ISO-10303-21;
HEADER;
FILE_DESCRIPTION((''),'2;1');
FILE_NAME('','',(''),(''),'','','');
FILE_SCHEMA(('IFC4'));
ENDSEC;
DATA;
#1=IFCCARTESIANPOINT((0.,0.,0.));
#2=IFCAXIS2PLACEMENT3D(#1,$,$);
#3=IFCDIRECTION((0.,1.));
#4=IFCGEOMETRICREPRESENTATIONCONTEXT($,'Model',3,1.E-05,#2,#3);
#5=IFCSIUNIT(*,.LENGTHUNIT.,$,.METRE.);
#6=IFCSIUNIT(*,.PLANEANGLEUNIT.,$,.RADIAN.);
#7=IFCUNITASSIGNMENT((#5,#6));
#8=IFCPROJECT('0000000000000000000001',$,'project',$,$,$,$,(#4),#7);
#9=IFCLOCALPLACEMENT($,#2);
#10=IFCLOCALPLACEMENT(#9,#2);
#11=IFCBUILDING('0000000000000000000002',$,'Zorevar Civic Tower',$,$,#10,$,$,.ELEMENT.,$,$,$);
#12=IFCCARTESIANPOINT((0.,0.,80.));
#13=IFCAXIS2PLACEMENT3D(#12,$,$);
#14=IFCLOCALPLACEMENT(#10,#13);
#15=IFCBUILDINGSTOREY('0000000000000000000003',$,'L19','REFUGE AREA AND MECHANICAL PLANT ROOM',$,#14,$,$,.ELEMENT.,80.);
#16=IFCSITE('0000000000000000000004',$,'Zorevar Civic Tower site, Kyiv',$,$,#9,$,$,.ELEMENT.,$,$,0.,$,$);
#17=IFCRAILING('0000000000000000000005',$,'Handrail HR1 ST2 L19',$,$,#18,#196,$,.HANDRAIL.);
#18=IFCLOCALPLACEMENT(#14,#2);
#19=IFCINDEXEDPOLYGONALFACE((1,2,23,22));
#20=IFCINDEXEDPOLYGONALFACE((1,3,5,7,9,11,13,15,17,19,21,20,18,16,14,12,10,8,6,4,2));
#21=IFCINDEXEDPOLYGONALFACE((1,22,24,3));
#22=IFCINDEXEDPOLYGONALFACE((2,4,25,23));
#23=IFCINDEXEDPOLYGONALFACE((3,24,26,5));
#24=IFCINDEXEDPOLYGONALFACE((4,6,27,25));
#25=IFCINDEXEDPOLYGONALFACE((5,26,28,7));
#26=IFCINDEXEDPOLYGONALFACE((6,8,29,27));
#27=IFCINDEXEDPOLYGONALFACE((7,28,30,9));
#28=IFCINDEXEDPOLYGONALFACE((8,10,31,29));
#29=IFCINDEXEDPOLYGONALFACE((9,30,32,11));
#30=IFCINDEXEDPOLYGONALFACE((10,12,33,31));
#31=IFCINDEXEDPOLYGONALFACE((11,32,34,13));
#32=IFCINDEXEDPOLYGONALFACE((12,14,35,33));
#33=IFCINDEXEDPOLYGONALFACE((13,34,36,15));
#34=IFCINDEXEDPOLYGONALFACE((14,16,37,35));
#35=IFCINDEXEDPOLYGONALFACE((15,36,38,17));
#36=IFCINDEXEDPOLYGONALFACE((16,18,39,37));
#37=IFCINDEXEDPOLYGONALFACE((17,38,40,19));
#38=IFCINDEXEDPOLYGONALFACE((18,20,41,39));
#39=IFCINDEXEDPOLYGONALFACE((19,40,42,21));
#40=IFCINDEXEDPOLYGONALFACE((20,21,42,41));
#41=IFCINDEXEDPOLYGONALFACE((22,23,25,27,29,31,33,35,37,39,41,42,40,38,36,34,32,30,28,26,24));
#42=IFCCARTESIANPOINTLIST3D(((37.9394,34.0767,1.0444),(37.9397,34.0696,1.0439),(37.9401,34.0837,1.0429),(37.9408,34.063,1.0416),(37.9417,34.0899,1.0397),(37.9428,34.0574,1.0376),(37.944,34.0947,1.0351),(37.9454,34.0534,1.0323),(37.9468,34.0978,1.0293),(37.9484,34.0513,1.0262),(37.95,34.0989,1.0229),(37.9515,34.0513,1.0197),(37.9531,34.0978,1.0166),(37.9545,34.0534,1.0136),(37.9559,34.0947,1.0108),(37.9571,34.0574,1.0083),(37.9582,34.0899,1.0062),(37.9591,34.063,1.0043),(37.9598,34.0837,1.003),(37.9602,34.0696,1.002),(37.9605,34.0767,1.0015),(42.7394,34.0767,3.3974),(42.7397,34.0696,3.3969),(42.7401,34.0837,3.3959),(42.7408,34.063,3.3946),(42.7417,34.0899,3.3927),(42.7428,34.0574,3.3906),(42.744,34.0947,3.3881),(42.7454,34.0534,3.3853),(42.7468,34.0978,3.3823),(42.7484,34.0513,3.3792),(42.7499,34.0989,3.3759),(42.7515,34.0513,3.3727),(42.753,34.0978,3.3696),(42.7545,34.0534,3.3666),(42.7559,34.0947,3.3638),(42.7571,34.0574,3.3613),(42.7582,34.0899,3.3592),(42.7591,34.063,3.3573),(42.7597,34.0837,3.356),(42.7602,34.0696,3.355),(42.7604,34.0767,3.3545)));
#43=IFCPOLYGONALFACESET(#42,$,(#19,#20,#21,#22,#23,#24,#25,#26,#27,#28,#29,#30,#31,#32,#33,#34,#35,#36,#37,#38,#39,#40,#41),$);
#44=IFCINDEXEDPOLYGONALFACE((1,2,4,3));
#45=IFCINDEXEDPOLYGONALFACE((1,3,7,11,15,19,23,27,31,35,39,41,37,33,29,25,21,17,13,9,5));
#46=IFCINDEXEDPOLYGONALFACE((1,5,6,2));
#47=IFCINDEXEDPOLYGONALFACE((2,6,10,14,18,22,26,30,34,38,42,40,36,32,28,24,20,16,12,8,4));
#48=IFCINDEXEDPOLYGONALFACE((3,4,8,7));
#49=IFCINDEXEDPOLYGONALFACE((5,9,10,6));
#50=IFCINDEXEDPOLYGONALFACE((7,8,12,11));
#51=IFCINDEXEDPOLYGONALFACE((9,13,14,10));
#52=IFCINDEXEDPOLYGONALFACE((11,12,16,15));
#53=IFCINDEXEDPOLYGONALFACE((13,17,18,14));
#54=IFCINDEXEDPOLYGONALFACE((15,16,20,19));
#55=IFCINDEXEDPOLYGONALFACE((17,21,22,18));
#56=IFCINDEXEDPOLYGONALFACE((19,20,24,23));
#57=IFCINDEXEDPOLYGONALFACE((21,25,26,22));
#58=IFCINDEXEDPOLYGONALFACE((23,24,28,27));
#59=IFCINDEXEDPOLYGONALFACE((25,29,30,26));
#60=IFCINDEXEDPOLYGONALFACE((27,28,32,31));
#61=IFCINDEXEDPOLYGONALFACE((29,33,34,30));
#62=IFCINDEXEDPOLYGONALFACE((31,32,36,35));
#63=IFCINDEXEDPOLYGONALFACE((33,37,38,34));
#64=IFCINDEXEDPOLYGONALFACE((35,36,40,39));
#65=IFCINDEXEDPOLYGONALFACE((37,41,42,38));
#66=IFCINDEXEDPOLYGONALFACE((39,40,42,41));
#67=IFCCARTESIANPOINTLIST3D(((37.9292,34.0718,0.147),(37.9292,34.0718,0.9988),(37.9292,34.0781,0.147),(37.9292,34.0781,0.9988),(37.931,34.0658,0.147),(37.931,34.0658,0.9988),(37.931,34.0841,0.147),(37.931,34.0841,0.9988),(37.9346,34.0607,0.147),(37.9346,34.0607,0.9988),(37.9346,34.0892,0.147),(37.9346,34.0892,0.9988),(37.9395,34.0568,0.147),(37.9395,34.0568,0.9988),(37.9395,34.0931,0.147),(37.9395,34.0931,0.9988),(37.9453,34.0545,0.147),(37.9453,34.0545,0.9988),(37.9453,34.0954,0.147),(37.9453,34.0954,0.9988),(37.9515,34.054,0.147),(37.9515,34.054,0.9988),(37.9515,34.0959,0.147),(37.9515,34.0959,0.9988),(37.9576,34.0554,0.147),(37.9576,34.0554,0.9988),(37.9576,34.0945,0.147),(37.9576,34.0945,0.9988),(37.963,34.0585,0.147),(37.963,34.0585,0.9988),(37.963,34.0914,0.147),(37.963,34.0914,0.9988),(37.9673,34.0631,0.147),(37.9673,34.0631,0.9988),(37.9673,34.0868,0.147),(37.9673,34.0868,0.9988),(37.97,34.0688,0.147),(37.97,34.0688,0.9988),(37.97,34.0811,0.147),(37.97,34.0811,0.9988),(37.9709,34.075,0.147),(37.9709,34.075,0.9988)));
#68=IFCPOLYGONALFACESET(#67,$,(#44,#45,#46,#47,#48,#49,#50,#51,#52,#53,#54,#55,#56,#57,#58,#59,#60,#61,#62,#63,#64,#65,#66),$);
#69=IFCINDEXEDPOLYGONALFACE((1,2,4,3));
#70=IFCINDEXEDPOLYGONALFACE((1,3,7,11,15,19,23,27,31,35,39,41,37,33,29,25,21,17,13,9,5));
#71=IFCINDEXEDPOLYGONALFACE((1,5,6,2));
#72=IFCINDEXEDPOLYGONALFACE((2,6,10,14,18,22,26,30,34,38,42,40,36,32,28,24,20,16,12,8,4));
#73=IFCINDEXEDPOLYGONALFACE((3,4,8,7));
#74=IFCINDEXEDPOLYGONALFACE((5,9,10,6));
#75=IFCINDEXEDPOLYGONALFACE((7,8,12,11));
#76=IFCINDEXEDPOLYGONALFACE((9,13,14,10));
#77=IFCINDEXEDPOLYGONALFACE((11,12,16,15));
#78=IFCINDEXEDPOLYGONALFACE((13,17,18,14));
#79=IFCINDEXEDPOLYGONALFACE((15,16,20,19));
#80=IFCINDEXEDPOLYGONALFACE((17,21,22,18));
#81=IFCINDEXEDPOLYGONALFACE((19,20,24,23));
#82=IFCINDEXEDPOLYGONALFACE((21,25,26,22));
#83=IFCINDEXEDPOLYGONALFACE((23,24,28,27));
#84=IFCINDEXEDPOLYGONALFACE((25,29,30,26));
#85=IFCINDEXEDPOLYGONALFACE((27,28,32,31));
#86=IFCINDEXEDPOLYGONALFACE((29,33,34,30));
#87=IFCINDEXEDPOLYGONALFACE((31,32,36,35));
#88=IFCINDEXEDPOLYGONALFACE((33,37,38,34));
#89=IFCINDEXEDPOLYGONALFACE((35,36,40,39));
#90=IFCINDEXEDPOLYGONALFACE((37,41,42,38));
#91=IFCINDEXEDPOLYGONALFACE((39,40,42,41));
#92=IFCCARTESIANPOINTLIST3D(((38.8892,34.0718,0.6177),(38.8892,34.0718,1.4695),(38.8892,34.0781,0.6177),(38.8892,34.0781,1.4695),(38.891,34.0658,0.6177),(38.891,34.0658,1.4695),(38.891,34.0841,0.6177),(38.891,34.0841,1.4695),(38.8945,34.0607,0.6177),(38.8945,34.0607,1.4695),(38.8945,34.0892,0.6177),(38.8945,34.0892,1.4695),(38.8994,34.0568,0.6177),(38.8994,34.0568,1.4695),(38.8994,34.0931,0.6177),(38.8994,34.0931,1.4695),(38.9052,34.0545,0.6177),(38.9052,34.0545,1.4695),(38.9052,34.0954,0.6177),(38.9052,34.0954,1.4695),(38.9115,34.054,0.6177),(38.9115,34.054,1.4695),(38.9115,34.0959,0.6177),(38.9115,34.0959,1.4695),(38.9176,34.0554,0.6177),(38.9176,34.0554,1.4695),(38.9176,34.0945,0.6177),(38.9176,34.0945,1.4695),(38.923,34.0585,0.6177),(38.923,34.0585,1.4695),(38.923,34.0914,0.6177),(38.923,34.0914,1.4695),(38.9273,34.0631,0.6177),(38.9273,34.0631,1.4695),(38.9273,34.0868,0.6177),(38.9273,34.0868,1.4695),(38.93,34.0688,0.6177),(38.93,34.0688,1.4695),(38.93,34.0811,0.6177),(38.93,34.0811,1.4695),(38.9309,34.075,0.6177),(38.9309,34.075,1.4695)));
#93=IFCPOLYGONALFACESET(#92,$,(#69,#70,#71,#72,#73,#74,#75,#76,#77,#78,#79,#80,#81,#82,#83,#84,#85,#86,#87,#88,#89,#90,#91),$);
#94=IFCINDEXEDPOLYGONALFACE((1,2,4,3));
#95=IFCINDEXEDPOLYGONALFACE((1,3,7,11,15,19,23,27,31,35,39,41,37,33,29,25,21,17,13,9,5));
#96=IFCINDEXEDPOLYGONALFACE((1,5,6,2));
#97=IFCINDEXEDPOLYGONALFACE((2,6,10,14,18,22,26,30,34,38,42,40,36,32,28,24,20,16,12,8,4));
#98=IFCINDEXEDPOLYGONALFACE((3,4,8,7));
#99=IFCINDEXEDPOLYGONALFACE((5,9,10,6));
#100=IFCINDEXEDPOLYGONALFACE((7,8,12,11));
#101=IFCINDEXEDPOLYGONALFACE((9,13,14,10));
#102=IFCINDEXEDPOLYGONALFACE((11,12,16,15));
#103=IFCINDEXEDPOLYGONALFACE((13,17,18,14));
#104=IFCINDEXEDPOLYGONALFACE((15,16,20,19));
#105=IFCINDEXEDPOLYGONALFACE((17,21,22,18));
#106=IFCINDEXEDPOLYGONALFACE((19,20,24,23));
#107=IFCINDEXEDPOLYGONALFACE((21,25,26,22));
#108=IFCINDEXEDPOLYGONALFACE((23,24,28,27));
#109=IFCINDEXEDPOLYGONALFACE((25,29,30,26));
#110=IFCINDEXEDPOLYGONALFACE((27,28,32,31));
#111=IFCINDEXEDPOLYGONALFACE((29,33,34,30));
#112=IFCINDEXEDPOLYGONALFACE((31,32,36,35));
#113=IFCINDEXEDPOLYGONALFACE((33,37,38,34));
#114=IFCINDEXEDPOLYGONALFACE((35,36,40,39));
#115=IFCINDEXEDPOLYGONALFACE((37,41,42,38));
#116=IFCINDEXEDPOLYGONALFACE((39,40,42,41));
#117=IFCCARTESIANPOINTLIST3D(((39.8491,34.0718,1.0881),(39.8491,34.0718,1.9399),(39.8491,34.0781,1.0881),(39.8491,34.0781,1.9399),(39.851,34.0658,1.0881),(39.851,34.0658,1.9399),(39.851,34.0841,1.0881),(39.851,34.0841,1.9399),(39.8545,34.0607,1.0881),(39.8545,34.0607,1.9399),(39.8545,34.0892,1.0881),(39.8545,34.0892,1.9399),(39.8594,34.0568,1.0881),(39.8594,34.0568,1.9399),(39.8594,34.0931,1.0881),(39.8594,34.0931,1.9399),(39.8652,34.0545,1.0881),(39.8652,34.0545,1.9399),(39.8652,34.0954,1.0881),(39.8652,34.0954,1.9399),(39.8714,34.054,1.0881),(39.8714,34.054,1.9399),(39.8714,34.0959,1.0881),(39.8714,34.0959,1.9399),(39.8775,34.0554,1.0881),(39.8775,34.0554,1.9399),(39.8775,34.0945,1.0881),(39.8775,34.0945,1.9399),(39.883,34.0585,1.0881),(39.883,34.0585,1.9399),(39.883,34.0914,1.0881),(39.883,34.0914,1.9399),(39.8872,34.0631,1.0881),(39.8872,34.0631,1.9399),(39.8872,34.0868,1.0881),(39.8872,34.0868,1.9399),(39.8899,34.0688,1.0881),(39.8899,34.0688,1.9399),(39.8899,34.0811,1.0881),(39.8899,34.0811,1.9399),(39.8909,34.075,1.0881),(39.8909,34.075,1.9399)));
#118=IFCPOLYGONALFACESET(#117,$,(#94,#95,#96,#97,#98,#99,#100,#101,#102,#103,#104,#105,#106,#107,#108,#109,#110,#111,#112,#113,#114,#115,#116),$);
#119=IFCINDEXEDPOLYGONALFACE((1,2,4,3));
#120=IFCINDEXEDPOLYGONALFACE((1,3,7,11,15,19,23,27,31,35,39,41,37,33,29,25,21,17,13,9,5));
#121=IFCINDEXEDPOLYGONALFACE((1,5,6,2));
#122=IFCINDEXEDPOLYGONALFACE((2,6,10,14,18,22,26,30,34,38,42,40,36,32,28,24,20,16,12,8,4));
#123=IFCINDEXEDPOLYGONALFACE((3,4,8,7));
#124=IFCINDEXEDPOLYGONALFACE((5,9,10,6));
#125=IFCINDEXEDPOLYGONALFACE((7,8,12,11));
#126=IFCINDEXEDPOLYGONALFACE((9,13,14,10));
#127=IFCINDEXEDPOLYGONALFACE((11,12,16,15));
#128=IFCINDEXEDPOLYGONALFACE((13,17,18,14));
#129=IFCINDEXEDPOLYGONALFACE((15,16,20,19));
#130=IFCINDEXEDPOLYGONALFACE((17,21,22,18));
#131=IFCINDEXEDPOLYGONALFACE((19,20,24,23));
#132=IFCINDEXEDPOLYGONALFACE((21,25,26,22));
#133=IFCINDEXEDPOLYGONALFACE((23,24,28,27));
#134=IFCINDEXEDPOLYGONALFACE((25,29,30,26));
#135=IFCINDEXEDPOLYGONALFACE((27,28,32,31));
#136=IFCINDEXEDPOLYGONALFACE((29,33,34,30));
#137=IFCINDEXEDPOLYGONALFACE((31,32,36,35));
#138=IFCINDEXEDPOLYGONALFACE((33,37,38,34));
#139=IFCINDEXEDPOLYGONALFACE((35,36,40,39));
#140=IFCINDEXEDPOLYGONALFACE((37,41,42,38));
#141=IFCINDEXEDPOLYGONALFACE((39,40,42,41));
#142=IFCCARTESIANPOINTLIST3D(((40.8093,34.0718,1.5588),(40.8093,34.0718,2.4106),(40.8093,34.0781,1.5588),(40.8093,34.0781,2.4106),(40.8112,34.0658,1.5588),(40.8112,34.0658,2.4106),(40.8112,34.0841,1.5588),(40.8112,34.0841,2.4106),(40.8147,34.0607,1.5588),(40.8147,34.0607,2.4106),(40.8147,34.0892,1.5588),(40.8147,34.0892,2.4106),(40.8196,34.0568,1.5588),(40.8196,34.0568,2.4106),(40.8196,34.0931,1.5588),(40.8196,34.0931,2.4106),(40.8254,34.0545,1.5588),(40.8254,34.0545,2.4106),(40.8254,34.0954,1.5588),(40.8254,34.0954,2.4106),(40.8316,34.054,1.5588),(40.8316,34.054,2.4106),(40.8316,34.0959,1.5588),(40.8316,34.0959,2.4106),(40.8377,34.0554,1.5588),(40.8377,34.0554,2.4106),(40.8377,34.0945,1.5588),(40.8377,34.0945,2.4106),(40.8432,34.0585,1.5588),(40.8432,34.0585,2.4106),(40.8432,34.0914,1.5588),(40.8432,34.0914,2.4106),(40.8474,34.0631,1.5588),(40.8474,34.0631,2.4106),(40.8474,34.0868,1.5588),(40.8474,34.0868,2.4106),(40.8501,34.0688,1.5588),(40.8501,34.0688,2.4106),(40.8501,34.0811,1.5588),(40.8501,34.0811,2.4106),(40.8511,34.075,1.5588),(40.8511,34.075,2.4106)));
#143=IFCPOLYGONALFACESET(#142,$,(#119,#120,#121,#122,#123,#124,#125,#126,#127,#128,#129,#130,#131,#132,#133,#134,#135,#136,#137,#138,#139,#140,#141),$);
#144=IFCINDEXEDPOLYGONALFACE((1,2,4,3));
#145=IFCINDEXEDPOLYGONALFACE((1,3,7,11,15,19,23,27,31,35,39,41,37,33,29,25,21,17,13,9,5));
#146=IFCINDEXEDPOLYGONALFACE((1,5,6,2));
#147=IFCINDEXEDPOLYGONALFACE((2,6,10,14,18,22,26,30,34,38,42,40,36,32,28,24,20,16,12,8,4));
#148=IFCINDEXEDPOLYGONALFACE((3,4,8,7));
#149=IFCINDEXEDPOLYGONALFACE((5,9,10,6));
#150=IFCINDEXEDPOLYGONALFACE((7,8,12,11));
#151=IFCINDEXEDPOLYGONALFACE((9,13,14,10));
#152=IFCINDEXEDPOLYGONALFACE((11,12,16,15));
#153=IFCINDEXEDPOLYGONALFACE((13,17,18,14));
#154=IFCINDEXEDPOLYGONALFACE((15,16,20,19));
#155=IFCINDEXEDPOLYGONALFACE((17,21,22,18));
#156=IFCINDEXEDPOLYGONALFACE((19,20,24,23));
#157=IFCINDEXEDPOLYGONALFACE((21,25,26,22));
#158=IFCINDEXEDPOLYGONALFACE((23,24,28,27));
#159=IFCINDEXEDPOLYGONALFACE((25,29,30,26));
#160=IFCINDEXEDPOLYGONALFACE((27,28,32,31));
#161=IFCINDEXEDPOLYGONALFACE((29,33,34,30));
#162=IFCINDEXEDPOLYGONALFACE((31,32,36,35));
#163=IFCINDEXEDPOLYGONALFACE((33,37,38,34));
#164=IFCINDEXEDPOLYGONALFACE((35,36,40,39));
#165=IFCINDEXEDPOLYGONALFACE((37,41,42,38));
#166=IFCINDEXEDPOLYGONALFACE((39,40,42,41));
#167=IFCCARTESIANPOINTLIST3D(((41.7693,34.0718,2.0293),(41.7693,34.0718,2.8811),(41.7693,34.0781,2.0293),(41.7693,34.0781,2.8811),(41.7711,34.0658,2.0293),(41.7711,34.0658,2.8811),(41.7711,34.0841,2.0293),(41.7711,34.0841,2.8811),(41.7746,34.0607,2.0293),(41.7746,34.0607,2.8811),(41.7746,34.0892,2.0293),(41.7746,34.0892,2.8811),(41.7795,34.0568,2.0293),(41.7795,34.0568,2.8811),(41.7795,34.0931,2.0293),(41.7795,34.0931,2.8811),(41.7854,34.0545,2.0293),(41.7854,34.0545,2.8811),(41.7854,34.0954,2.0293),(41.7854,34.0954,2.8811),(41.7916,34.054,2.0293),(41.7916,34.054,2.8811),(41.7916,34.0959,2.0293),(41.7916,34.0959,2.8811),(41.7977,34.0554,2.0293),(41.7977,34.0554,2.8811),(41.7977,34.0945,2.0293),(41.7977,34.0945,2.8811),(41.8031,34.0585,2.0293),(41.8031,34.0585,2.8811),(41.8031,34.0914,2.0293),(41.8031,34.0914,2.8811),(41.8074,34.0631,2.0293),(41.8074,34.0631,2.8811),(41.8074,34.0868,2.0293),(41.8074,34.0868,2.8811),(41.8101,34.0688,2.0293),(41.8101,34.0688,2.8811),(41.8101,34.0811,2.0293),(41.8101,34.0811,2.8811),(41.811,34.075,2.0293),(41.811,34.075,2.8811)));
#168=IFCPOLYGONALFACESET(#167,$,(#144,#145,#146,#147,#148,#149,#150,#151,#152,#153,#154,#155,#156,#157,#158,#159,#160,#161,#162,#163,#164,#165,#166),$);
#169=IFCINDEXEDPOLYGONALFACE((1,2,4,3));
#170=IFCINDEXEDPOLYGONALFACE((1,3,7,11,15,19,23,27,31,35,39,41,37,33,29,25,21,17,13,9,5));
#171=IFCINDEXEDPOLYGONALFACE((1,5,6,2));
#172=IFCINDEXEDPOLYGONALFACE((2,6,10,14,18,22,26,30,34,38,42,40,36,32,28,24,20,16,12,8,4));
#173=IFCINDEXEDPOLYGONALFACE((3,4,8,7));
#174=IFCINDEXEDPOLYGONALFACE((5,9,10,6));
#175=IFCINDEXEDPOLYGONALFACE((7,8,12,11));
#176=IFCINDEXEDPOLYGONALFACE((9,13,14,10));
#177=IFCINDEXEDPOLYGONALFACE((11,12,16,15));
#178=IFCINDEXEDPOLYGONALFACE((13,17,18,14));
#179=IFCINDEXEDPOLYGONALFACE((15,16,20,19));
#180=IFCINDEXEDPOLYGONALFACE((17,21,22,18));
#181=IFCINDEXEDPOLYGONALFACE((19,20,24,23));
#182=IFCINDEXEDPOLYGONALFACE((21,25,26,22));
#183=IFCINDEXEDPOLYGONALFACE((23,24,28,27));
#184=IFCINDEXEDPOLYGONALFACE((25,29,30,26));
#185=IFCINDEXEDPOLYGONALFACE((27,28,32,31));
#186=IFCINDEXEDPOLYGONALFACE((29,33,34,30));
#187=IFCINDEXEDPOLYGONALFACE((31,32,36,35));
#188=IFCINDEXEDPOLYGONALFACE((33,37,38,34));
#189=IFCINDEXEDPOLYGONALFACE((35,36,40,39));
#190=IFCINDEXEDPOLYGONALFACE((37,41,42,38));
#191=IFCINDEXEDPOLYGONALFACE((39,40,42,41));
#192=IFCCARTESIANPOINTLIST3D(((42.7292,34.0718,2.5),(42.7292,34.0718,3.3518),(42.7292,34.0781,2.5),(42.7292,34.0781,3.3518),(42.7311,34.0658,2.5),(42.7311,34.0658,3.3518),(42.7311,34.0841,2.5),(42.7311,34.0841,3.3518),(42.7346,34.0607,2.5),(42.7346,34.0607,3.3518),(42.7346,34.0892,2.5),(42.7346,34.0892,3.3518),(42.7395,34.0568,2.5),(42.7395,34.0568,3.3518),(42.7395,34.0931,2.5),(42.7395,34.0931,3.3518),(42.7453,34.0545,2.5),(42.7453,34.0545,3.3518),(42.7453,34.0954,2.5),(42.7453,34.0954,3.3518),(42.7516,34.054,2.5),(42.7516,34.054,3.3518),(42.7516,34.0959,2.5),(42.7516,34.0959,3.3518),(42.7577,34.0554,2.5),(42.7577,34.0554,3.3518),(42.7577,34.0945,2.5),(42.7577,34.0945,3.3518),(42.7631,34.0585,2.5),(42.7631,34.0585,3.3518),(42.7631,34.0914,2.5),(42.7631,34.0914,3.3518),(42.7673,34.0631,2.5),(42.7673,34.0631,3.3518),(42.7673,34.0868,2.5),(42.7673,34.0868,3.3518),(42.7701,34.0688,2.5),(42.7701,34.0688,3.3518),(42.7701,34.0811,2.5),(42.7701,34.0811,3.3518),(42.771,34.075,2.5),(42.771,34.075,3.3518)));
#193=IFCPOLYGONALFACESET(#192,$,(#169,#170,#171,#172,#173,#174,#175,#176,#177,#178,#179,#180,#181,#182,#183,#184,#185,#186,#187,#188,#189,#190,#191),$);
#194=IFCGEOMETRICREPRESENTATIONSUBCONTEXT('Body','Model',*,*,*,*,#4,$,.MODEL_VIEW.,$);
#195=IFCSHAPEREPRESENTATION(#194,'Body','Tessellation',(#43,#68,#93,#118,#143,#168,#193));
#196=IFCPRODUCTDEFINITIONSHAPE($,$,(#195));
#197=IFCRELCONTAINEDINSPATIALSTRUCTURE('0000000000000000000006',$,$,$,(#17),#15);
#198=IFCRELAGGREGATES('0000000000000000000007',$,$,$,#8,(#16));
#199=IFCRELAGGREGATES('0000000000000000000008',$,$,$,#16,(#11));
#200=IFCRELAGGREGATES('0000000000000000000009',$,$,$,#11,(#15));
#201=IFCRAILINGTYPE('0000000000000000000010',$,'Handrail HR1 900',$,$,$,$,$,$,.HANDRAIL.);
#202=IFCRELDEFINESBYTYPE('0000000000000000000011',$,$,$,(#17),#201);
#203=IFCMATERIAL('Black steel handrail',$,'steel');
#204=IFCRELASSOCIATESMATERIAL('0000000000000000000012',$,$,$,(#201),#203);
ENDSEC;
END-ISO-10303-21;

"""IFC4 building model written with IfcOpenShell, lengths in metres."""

from ifc_helpers import new_model, si_unit, direction, frame, origin, origin_2d, place, context, subcontext, project, spatial, circle, extrude, material, type_object, element, save


model = new_model("IFC4")

# Units and contexts
model_context = context("Model", 3, precision=1e-05, world=origin(), true_north=direction((0.0, 1.0)))
body_context = subcontext(model_context, "Body", "Model", "MODEL_VIEW")
ifc_project = project(units=[si_unit("LENGTHUNIT", "METRE"), si_unit("PLANEANGLEUNIT", "RADIAN")], contexts=[model_context])

# Site, building, storey
site_placement = place(None, origin())
site = spatial("IfcSite", under=ifc_project, at=site_placement, Name="Zorevar Civic Tower site, Kyiv", CompositionType="ELEMENT", RefElevation=0.0)
building_placement = place(site_placement, origin())
building = spatial("IfcBuilding", under=site, at=building_placement, Name="Zorevar Civic Tower", CompositionType="ELEMENT")
storey_placement = place(building_placement, frame((0.0, 0.0, 80.0)))
storey = spatial("IfcBuildingStorey", under=building, at=storey_placement, Name="L19", Description="REFUGE AREA AND MECHANICAL PLANT ROOM", CompositionType="ELEMENT", Elevation=80.0)

# Railing
ifc_material_1 = material(Name="Black steel handrail", Category="steel")
railing_type = type_object("IfcRailingType", Name="Handrail HR1 900", PredefinedType="HANDRAIL", material=ifc_material_1)
railing_1_placement = place(storey_placement, frame((37.95, 34.075, 0.147)))
element("IfcRailing", 1, at=railing_1_placement, inside=storey, type_object=railing_type, Name="Handrail HR1 ST2 L19", PredefinedType="HANDRAIL", context=body_context, shape_type="SweptSolid", body=[
    extrude(circle(Radius=0.0239, at=origin_2d()), frame((0.0, 0.0, 0.876), z_axis=(0.897916, 0.0, 0.440167), x_axis=(0.0, 1.0, 0.0)), (0.0, 0.0, 1.0), 5.3457),
    extrude(circle(Radius=0.021, at=origin_2d()), origin(), (0.0, 0.0, 1.0), 0.8518),
    extrude(circle(Radius=0.021, at=origin_2d()), frame((0.96, 0.0, 0.4707)), (0.0, 0.0, 1.0), 0.8518),
    extrude(circle(Radius=0.021, at=origin_2d()), frame((1.9199, 0.0, 0.9412)), (0.0, 0.0, 1.0), 0.8518),
    extrude(circle(Radius=0.021, at=origin_2d()), frame((2.8801, 0.0, 1.4119)), (0.0, 0.0, 1.0), 0.8518),
    extrude(circle(Radius=0.021, at=origin_2d()), frame((3.8401, 0.0, 1.8823)), (0.0, 0.0, 1.0), 0.8518),
    extrude(circle(Radius=0.021, at=origin_2d()), frame((4.8, 0.0, 2.353)), (0.0, 0.0, 1.0), 0.8518),
])

save(model, "model.ifc")
